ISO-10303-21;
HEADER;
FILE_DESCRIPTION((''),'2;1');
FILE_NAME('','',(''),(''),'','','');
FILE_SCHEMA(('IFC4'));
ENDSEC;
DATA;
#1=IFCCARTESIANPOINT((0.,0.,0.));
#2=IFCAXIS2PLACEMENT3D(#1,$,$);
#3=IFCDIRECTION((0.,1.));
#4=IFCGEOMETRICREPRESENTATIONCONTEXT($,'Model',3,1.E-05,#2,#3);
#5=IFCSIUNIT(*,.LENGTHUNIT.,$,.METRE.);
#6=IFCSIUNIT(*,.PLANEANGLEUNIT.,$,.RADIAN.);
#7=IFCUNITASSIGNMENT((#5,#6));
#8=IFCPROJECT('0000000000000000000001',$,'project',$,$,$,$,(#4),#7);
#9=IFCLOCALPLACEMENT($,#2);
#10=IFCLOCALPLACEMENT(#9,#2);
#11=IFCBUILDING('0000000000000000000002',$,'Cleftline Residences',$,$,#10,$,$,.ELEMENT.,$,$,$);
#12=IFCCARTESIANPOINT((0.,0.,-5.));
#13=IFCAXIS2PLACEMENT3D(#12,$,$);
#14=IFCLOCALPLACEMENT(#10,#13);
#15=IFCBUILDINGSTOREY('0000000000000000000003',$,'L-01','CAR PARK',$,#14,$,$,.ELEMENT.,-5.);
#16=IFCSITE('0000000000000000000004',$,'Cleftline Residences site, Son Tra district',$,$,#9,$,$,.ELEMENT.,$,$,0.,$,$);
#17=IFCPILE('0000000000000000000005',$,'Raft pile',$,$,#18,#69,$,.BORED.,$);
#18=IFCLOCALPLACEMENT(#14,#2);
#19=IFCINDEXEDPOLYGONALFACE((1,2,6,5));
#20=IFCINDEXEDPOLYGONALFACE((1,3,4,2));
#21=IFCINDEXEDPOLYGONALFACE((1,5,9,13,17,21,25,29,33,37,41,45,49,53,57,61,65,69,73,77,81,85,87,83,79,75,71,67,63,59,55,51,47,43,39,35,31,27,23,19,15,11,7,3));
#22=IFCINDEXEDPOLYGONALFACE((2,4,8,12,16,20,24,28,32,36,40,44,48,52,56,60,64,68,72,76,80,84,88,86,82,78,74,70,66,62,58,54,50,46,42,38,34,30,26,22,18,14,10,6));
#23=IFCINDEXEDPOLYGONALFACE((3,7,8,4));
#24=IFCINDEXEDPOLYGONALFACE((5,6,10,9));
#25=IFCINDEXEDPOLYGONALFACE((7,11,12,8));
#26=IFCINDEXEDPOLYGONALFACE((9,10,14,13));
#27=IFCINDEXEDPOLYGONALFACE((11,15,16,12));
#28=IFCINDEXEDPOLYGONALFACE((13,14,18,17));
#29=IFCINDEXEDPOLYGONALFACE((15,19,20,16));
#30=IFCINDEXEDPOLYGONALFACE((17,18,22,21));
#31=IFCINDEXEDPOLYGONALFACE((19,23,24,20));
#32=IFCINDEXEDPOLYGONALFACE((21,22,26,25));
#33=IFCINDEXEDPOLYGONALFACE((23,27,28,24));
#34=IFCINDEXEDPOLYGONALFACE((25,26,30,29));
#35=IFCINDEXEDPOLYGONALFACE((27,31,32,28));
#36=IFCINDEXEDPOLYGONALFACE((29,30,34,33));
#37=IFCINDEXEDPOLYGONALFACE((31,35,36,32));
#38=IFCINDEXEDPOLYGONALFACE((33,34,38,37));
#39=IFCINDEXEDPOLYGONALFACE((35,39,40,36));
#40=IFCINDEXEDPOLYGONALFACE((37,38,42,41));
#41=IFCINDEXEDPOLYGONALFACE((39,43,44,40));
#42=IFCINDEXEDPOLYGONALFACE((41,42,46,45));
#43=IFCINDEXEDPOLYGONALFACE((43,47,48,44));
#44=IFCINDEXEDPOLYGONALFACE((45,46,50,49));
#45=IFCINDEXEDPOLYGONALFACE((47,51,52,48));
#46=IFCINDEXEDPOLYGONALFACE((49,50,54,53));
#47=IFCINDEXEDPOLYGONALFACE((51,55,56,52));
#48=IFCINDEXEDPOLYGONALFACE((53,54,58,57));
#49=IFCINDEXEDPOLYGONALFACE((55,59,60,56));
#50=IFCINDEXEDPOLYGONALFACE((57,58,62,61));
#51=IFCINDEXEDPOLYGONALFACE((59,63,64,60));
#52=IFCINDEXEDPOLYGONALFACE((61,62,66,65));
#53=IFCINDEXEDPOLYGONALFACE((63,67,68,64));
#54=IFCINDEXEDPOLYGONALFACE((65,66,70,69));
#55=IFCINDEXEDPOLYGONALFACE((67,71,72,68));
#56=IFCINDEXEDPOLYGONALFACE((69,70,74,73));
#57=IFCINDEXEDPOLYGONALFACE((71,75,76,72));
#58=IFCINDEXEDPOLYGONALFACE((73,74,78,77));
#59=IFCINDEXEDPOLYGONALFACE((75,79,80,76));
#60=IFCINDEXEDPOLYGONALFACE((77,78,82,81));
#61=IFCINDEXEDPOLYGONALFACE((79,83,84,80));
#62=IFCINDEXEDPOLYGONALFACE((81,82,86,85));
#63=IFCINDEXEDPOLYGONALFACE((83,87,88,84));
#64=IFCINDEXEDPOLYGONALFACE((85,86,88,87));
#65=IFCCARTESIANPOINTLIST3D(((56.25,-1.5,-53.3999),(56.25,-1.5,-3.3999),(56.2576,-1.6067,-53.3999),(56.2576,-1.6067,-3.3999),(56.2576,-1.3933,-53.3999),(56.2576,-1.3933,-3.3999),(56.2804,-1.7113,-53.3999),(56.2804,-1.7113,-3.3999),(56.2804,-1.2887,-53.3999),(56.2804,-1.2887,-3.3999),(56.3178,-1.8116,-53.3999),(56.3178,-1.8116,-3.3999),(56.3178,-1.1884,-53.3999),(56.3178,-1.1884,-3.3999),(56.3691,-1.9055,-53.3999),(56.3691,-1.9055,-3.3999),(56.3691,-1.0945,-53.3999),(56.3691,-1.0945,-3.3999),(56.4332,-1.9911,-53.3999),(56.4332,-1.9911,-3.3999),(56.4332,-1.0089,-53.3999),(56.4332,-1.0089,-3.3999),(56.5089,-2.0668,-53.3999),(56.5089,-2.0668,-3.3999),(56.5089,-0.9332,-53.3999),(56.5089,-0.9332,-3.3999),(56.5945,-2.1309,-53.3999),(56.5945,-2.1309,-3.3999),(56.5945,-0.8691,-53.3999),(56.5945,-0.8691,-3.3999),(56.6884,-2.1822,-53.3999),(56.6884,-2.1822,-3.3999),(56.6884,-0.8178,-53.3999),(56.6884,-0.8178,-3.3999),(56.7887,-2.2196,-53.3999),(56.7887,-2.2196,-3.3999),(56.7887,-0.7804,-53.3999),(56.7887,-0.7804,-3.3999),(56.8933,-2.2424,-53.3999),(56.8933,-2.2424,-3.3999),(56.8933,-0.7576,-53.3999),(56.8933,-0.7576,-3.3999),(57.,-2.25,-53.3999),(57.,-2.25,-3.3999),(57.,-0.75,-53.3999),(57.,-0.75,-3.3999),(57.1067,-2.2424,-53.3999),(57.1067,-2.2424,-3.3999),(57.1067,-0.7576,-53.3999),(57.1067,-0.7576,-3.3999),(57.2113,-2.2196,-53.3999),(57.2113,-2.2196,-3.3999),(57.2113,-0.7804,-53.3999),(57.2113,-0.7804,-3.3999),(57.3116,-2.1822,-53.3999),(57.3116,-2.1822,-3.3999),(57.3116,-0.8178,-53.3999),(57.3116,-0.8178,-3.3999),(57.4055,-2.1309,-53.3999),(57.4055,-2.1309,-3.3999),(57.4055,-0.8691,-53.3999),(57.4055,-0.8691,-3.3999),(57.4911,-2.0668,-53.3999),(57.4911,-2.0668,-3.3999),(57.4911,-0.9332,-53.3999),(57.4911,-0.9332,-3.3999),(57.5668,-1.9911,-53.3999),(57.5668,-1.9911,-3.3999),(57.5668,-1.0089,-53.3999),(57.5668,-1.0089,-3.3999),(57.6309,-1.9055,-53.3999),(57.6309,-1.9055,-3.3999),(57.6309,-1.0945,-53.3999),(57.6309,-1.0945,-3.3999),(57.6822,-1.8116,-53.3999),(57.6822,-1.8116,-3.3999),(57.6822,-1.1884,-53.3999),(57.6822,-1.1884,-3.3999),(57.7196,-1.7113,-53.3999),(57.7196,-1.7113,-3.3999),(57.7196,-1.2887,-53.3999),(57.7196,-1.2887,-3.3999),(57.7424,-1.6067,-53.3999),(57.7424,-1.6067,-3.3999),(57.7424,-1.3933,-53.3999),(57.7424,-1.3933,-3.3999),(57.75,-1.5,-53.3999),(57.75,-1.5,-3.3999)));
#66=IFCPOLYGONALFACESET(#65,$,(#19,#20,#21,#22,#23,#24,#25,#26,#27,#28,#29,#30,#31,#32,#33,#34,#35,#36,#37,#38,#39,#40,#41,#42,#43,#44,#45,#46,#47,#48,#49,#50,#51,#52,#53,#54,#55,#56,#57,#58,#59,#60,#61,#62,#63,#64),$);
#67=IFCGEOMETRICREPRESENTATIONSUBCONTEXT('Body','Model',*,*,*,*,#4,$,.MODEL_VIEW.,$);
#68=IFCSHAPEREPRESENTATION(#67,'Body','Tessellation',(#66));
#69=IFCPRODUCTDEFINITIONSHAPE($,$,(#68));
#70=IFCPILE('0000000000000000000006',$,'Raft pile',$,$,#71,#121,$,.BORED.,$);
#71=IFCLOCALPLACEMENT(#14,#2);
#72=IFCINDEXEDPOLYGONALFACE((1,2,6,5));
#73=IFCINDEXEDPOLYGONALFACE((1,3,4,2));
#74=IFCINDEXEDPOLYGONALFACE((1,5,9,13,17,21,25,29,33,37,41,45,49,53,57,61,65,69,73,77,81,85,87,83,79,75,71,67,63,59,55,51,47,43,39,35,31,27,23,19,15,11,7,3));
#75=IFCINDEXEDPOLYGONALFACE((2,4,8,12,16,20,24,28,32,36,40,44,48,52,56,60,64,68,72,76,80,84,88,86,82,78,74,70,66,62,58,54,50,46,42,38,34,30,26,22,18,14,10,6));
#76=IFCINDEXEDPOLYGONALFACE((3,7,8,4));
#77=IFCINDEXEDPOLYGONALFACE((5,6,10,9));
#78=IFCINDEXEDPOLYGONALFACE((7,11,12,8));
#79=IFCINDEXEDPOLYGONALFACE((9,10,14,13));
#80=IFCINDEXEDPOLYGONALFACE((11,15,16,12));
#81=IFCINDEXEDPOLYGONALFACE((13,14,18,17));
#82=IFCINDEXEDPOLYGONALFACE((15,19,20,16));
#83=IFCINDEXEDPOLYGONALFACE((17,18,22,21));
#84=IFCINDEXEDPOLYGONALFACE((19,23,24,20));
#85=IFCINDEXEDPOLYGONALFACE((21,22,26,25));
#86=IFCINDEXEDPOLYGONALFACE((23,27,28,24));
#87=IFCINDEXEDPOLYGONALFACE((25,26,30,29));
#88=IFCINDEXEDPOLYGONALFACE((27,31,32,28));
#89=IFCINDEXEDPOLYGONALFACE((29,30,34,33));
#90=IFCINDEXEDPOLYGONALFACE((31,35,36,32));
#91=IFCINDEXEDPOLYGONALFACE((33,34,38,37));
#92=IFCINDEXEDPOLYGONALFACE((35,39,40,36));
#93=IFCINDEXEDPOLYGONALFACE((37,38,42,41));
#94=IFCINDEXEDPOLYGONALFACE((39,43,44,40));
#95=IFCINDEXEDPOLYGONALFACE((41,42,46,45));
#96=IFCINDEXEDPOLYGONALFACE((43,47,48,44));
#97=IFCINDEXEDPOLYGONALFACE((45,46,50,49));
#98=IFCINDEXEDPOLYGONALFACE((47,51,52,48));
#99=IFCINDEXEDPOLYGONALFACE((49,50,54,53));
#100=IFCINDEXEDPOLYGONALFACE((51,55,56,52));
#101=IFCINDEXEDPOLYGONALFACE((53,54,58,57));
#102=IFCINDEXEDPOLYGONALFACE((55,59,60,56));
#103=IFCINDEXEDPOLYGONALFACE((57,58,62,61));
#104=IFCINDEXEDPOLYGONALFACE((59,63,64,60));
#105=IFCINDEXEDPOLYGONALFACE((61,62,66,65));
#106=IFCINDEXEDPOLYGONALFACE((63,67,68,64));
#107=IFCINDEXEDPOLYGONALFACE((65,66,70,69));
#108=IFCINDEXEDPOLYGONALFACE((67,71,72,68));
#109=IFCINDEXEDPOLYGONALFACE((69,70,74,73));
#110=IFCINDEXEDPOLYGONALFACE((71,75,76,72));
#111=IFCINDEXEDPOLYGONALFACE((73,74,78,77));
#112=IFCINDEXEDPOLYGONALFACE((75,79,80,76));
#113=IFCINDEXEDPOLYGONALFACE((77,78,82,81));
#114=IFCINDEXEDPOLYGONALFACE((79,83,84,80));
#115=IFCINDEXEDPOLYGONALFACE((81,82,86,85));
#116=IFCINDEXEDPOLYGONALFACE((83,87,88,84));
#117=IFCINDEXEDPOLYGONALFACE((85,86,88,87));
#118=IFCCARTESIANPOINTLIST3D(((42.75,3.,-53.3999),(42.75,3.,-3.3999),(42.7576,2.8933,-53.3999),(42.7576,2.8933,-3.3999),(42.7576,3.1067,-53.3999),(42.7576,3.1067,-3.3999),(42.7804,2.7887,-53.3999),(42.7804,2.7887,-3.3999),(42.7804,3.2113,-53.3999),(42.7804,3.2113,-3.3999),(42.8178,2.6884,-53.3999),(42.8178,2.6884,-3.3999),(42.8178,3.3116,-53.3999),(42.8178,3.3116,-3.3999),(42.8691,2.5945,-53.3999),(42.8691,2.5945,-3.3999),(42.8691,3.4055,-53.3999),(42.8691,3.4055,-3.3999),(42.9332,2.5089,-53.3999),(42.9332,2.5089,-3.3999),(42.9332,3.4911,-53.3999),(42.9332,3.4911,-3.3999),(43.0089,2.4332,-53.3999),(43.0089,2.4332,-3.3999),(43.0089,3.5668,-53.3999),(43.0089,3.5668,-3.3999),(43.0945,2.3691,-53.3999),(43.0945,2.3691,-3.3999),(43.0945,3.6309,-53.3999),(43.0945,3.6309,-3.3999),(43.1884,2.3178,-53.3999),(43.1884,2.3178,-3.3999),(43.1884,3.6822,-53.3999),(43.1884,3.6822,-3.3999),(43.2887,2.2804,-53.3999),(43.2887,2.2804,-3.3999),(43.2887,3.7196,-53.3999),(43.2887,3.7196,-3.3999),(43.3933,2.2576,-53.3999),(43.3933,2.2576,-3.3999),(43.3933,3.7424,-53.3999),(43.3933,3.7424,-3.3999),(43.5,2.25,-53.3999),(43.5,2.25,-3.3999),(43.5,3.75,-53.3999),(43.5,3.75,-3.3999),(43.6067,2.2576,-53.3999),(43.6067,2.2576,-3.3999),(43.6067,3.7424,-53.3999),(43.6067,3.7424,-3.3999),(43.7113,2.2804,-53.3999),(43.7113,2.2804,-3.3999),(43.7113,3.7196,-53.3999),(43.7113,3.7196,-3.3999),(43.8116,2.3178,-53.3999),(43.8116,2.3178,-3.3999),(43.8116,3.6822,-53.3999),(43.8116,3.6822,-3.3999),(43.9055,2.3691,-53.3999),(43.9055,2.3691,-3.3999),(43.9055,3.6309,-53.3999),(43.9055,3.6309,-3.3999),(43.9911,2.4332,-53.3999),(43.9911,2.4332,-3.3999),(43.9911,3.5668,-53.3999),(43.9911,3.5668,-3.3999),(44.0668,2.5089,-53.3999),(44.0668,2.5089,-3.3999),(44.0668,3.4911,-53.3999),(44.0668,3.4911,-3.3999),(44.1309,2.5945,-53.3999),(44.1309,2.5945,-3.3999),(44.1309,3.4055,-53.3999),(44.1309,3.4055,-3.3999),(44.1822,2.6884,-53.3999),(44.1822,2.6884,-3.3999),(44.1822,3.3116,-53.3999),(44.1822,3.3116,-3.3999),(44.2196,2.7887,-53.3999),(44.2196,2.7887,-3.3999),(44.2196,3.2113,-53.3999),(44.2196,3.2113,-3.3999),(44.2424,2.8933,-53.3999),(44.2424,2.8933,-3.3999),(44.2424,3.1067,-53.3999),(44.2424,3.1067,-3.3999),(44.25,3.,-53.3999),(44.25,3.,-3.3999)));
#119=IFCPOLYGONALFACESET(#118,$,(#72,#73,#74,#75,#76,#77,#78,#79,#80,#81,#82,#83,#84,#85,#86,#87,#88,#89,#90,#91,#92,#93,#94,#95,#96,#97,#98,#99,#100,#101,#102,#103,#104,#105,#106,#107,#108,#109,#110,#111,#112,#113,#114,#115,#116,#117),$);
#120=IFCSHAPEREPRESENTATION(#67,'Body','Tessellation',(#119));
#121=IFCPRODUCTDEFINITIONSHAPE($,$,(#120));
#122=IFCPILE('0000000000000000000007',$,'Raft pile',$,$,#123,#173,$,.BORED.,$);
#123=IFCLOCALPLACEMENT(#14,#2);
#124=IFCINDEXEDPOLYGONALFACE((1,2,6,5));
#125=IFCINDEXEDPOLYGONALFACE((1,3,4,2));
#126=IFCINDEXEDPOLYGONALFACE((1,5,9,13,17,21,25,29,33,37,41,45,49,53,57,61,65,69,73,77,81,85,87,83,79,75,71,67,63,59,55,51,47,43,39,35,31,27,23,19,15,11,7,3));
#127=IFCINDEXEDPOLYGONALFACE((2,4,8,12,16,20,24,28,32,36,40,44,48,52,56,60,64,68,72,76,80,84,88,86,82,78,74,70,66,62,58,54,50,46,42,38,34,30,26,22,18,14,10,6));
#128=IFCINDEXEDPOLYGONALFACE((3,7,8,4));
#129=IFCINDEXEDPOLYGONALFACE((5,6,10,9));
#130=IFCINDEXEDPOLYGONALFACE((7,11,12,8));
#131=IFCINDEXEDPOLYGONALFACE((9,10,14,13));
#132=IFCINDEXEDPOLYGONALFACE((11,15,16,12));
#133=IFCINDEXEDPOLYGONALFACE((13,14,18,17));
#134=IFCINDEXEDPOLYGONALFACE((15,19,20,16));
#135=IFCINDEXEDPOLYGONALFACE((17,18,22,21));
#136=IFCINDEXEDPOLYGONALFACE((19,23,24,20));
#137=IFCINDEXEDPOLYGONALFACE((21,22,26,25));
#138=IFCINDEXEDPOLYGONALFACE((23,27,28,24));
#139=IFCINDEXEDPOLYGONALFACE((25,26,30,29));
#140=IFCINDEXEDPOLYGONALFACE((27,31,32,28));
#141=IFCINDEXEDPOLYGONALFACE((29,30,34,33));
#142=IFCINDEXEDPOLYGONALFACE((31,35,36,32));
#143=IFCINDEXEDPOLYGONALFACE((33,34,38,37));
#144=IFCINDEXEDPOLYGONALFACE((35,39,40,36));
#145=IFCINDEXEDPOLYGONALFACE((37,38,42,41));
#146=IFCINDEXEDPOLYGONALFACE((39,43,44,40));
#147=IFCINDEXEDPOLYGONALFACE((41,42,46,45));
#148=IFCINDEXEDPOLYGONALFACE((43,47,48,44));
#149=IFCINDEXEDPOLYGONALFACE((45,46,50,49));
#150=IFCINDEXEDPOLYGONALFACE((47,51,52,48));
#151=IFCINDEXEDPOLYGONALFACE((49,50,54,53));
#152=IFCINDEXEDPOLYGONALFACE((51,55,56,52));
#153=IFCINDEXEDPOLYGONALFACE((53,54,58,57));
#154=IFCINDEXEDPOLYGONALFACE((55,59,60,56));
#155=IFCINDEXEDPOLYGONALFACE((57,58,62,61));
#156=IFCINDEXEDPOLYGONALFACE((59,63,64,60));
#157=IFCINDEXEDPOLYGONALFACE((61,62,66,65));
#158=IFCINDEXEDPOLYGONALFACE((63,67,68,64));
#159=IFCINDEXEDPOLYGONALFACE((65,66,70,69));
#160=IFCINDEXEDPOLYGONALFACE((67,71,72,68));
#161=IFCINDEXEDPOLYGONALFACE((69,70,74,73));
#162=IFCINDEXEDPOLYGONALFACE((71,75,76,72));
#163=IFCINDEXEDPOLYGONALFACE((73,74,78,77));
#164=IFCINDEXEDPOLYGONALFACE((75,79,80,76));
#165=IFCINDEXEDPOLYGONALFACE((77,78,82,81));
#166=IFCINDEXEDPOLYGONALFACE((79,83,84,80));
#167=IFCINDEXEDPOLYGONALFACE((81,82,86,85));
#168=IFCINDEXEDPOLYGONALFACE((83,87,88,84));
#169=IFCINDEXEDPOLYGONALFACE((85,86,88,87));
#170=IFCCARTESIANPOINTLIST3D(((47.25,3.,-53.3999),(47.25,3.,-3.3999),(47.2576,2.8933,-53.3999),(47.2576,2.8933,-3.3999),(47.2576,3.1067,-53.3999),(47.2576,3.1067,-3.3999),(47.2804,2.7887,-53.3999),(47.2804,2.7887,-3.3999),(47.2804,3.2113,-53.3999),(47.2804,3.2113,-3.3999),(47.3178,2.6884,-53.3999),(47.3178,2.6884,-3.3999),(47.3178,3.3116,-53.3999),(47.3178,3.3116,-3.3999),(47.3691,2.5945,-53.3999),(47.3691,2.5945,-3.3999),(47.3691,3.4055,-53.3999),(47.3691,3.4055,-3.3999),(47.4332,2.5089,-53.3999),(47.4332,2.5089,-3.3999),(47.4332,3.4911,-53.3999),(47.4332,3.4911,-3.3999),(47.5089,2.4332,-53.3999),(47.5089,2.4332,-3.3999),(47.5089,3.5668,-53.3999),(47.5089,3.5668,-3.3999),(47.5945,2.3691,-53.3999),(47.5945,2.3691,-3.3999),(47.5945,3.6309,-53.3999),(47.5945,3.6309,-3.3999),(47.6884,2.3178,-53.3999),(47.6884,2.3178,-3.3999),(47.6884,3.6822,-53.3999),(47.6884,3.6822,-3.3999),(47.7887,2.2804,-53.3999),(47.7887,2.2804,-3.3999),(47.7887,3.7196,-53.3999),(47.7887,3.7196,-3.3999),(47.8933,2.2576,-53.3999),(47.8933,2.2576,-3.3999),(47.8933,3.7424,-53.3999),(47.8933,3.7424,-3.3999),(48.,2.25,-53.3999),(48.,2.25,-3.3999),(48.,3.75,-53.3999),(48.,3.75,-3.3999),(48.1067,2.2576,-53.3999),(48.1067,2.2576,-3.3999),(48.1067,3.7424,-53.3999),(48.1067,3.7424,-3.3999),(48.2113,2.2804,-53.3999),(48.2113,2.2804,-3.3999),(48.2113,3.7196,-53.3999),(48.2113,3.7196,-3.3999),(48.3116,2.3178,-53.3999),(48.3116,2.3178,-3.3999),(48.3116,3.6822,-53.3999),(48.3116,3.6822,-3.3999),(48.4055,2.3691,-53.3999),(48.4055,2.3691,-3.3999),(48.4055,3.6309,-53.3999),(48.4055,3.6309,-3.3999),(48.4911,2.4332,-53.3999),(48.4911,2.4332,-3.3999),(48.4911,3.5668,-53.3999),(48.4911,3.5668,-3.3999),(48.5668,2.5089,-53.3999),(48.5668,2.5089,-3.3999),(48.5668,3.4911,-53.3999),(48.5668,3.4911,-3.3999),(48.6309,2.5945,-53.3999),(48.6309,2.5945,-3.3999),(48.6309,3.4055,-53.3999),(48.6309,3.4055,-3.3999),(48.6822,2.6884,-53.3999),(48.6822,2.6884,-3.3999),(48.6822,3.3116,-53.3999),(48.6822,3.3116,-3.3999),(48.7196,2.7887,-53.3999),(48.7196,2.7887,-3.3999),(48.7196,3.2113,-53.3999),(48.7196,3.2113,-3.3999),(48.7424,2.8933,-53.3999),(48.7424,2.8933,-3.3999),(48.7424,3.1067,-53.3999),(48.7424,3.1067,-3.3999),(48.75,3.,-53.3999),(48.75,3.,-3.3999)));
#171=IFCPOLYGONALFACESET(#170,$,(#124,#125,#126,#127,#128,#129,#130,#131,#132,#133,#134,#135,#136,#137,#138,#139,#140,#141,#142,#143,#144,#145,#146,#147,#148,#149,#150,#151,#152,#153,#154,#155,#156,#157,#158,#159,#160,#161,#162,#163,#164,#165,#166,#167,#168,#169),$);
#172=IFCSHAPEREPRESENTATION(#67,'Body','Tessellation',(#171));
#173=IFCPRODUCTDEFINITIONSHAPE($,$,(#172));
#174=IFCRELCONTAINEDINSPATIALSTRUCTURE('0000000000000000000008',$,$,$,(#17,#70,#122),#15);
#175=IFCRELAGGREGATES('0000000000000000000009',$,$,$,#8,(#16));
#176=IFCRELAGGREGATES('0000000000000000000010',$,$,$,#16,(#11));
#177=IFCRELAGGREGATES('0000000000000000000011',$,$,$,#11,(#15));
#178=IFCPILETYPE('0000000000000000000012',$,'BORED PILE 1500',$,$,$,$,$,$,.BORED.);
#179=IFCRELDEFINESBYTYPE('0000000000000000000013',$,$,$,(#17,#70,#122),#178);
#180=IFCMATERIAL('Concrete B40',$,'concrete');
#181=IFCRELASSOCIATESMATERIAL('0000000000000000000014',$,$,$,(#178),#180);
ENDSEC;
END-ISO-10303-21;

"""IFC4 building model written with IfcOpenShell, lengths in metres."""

from ifc_helpers import new_model, si_unit, direction, frame, origin, origin_2d, place, context, subcontext, project, spatial, circle, extrude, material, material_profile, profile_set, type_object, element, save


model = new_model("IFC4")

# Units and contexts
model_context = context("Model", 3, precision=1e-05, world=origin(), true_north=direction((0.0, 1.0)))
body_context = subcontext(model_context, "Body", "Model", "MODEL_VIEW")
ifc_project = project(units=[si_unit("LENGTHUNIT", "METRE"), si_unit("PLANEANGLEUNIT", "RADIAN")], contexts=[model_context])

# Site, building, storey
site_placement = place(None, origin())
site = spatial("IfcSite", under=ifc_project, at=site_placement, Name="Cleftline Residences site, Son Tra district", CompositionType="ELEMENT", RefElevation=0.0)
building_placement = place(site_placement, origin())
building = spatial("IfcBuilding", under=site, at=building_placement, Name="Cleftline Residences", CompositionType="ELEMENT")
storey_placement = place(building_placement, frame((0.0, 0.0, -5.0)))
storey = spatial("IfcBuildingStorey", under=building, at=storey_placement, Name="L-01", Description="CAR PARK", CompositionType="ELEMENT", Elevation=-5.0)

# Piles
ifc_material_1 = material(Name="Concrete B40", Category="concrete")
ifc_material_profile_1 = material_profile(ifc_material_1, circle(Radius=0.75, at=origin_2d()))
ifc_profile_set_1 = profile_set([ifc_material_profile_1], Name="Concrete B40")
pile_type = type_object("IfcPileType", Name="BORED PILE 1500", PredefinedType="BORED", material=ifc_profile_set_1)
for number, where, z_axis, x_axis, name in (
    (1, (57.0, -1.5, -3.3999), (0.0, 0.0, -1.0), (1.0, 0.0, 0.0), "Raft pile"),
    (2, (43.5, 3.0, -3.3999), (0.0, 0.0, -1.0), (1.0, 0.0, 0.0), "Raft pile"),
    (3, (48.0, 3.0, -3.3999), (0.0, 0.0, -1.0), (1.0, 0.0, 0.0), "Raft pile"),
):
    element("IfcPile", number, at=place(storey_placement, frame(where, z_axis=z_axis, x_axis=x_axis)), inside=storey, type_object=pile_type, Name=name, PredefinedType="BORED", context=body_context, shape_type="SweptSolid", body=[
        extrude(circle(Radius=0.75, at=origin_2d()), origin(), (0.0, 0.0, 1.0), 50.0),
    ])

save(model, "model.ifc")
